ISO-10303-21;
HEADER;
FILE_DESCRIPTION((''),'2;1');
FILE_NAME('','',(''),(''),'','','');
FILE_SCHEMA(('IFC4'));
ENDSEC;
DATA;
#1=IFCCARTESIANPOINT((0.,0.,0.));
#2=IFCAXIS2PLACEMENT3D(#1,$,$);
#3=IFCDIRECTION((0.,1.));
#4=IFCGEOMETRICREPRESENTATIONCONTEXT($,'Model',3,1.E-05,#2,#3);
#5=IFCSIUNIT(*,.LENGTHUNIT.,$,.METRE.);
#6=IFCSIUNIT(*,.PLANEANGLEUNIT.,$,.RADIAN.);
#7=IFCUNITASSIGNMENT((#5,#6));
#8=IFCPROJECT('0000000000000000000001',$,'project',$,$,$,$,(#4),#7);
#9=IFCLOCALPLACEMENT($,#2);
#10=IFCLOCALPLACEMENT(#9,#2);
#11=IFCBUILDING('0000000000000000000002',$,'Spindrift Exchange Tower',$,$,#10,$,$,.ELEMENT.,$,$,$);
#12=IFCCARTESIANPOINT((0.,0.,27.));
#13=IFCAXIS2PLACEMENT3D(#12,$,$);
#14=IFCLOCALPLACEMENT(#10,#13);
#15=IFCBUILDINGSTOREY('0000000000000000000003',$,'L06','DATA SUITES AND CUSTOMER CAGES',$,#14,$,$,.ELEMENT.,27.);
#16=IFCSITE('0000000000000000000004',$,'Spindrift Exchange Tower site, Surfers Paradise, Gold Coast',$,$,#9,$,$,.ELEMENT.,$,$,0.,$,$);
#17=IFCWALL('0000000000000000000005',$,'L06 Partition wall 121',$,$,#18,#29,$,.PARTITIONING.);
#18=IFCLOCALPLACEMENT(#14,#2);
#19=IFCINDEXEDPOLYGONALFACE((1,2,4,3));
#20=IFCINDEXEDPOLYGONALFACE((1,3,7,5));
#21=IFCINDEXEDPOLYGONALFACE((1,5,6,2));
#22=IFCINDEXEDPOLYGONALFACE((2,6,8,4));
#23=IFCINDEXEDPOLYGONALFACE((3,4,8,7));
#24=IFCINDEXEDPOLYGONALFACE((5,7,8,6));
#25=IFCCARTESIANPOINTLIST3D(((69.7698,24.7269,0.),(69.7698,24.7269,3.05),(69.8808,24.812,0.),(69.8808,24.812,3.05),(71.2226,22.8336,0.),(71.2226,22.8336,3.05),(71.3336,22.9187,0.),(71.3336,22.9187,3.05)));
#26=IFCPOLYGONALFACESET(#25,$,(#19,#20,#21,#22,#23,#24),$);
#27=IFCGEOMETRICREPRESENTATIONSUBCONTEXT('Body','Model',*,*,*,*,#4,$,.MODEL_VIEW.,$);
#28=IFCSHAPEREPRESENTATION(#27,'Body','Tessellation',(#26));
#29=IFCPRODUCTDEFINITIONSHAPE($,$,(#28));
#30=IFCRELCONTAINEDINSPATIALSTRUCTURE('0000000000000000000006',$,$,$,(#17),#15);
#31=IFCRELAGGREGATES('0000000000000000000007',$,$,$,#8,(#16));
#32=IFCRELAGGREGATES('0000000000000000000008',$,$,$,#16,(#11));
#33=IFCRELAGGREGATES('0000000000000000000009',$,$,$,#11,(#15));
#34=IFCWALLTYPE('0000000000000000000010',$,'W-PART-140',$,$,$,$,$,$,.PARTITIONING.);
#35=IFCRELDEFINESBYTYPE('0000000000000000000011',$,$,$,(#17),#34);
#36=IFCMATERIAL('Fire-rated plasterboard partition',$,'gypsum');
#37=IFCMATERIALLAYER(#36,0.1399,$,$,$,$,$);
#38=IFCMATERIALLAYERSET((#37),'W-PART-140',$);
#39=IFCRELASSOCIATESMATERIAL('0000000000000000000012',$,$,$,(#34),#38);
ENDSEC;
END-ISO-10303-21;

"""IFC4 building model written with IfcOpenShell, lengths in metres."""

from ifc_helpers import new_model, si_unit, direction, frame, frame_2d, origin, place, context, subcontext, project, spatial, rectangle, extrude, material, layer, layer_set, type_object, element, save


model = new_model("IFC4")

# Units and contexts
model_context = context("Model", 3, precision=1e-05, world=origin(), true_north=direction((0.0, 1.0)))
body_context = subcontext(model_context, "Body", "Model", "MODEL_VIEW")
ifc_project = project(units=[si_unit("LENGTHUNIT", "METRE"), si_unit("PLANEANGLEUNIT", "RADIAN")], contexts=[model_context])

# Site, building, storey
site_placement = place(None, origin())
site = spatial("IfcSite", under=ifc_project, at=site_placement, Name="Spindrift Exchange Tower site, Surfers Paradise, Gold Coast", CompositionType="ELEMENT", RefElevation=0.0)
building_placement = place(site_placement, origin())
building = spatial("IfcBuilding", under=site, at=building_placement, Name="Spindrift Exchange Tower", CompositionType="ELEMENT")
storey_placement = place(building_placement, frame((0.0, 0.0, 27.0)))
storey = spatial("IfcBuildingStorey", under=building, at=storey_placement, Name="L06", Description="DATA SUITES AND CUSTOMER CAGES", CompositionType="ELEMENT", Elevation=27.0)

# Wall
ifc_material_1 = material(Name="Fire-rated plasterboard partition", Category="gypsum")
ifc_layer_1 = layer(ifc_material_1, 0.1399)
ifc_layer_set_1 = layer_set([ifc_layer_1], Name="W-PART-140")
wall_type = type_object("IfcWallType", Name="W-PART-140", PredefinedType="PARTITIONING", material=ifc_layer_set_1)
wall_1_placement = place(storey_placement, frame((69.8252, 24.7695, 0.0), z_axis=(0.0, 0.0, 1.0), x_axis=(0.608786, -0.793335, 0.0)))
element("IfcWall", 1, at=wall_1_placement, inside=storey, type_object=wall_type, Name="L06 Partition wall 121", PredefinedType="PARTITIONING", context=body_context, shape_type="SweptSolid", body=[
    extrude(rectangle(XDim=2.3865, YDim=0.1399, at=frame_2d((1.1934, 0.0))), origin(), (0.0, 0.0, 1.0), 3.05),
])

save(model, "model.ifc")
